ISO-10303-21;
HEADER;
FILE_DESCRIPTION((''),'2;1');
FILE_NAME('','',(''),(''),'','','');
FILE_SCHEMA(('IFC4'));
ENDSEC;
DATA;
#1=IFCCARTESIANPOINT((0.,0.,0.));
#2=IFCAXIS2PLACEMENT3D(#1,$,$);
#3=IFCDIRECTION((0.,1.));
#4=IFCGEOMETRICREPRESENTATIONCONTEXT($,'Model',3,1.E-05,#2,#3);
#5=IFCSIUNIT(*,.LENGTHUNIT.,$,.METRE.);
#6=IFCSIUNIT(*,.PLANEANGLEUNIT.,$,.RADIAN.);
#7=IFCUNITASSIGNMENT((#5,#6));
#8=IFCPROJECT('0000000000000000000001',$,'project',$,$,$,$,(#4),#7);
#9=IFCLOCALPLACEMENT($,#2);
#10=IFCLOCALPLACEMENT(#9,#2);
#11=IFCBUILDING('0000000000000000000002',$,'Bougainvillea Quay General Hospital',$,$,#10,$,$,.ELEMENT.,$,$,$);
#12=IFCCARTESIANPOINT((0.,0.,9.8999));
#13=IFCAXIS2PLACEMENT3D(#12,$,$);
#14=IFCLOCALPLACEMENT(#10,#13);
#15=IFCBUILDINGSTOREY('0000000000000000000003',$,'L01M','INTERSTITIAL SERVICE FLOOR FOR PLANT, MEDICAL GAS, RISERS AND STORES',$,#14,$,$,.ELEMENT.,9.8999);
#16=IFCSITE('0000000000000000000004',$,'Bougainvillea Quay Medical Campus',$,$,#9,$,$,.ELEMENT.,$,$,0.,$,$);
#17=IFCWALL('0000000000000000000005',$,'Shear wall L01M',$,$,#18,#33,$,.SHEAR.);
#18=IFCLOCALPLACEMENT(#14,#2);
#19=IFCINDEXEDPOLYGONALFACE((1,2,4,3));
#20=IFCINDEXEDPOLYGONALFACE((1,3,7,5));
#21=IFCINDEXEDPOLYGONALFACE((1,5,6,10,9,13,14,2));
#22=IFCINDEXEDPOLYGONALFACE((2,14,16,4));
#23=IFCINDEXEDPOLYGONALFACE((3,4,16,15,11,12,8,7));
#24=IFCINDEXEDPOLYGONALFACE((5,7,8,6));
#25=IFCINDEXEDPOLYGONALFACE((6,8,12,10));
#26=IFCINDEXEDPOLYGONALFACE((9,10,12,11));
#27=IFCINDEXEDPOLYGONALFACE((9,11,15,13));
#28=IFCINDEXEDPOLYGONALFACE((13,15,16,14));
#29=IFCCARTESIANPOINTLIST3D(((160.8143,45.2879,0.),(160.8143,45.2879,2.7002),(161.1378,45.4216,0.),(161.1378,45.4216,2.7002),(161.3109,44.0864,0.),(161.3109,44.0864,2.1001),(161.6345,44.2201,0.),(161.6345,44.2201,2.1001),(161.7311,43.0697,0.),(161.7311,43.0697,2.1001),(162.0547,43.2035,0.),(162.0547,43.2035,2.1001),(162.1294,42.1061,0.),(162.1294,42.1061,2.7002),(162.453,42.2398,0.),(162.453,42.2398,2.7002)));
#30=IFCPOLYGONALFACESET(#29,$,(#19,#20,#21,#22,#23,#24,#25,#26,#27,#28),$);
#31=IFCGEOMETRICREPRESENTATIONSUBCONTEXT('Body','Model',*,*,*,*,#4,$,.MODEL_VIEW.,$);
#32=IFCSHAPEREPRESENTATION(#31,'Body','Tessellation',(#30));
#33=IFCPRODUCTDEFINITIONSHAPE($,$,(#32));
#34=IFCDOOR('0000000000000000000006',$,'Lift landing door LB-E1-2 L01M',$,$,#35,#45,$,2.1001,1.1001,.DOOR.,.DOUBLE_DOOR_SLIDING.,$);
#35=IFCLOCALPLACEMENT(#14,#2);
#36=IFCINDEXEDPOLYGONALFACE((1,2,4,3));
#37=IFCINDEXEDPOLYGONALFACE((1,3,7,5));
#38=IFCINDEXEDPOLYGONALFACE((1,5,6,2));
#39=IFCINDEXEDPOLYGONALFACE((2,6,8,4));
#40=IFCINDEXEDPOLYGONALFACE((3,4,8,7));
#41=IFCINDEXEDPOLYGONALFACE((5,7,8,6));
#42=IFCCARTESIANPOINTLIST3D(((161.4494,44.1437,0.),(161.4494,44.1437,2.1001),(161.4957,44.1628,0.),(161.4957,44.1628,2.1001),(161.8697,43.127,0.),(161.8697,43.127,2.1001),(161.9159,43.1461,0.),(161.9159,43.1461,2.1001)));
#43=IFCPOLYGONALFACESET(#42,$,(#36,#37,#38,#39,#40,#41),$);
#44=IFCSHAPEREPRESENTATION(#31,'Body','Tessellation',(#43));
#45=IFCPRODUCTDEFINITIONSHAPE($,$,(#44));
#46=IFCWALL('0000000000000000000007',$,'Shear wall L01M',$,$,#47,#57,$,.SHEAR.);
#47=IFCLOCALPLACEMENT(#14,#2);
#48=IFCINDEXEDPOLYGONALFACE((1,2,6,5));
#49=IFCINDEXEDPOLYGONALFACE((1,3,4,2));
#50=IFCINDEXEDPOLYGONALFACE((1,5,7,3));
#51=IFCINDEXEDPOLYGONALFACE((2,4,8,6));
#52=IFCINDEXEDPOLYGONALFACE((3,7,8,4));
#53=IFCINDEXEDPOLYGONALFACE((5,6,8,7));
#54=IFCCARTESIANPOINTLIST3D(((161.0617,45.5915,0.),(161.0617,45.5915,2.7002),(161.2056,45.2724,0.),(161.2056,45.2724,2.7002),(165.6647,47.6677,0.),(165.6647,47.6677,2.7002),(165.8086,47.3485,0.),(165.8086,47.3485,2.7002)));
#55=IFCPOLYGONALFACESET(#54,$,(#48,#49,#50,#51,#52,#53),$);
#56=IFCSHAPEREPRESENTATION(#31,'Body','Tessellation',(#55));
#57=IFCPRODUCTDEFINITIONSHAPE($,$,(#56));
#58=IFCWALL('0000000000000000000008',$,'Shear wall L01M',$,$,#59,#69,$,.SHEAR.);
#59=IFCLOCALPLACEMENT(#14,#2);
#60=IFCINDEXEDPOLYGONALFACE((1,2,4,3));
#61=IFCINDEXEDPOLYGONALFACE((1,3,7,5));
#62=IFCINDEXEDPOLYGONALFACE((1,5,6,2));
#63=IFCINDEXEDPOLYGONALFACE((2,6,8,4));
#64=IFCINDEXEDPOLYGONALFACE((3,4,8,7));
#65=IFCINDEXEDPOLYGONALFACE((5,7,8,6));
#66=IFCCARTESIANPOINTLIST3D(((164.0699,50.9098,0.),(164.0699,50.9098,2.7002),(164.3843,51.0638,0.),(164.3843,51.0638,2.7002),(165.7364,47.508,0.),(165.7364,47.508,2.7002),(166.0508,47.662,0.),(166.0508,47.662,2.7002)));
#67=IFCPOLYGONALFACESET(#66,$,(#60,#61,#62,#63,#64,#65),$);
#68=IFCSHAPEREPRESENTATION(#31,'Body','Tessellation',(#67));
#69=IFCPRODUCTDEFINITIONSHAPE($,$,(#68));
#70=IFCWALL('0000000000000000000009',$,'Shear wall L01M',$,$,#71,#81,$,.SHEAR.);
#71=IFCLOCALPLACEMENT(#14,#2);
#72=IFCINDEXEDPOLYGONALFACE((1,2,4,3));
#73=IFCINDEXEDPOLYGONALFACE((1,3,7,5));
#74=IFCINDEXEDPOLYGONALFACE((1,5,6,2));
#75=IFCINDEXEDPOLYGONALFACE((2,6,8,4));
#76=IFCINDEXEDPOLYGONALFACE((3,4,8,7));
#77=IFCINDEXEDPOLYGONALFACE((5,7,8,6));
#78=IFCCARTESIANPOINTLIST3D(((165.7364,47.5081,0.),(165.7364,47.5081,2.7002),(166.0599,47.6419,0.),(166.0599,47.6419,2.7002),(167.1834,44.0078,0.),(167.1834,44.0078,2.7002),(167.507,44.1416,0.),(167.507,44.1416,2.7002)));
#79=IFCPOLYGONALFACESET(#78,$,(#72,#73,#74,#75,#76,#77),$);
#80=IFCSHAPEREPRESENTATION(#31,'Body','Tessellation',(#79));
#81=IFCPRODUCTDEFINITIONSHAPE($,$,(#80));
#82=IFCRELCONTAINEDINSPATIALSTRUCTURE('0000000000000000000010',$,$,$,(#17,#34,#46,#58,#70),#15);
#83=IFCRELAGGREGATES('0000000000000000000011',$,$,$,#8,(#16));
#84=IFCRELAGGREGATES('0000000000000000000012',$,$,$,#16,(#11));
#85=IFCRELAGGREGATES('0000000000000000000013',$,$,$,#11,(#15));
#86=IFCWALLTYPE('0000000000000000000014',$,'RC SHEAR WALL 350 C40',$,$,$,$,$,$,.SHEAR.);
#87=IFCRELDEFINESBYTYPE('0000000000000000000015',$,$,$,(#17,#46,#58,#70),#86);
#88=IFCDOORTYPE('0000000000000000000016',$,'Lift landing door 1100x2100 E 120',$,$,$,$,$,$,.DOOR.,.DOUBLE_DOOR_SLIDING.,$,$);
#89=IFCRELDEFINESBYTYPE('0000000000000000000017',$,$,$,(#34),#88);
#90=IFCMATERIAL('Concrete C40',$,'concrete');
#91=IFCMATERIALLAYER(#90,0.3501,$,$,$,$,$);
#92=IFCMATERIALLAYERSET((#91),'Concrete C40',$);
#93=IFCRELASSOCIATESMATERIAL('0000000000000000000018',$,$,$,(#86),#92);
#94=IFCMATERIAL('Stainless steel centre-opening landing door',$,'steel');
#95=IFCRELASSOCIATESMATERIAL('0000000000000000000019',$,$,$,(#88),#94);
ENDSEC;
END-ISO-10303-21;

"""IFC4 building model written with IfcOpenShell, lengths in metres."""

from ifc_helpers import new_model, si_unit, direction, frame, frame_2d, origin, place, context, subcontext, project, spatial, rectangle, extrude, material, layer, layer_set, type_object, element, fill, save


model = new_model("IFC4")

# Units and contexts
model_context = context("Model", 3, precision=1e-05, world=origin(), true_north=direction((0.0, 1.0)))
body_context = subcontext(model_context, "Body", "Model", "MODEL_VIEW")
ifc_project = project(units=[si_unit("LENGTHUNIT", "METRE"), si_unit("PLANEANGLEUNIT", "RADIAN")], contexts=[model_context])

# Site, building, storey
site_placement = place(None, origin())
site = spatial("IfcSite", under=ifc_project, at=site_placement, Name="Bougainvillea Quay Medical Campus", CompositionType="ELEMENT", RefElevation=0.0)
building_placement = place(site_placement, origin())
building = spatial("IfcBuilding", under=site, at=building_placement, Name="Bougainvillea Quay General Hospital", CompositionType="ELEMENT")
storey_placement = place(building_placement, frame((0.0, 0.0, 9.8999)))
storey = spatial("IfcBuildingStorey", under=building, at=storey_placement, Name="L01M", Description="INTERSTITIAL SERVICE FLOOR FOR PLANT, MEDICAL GAS, RISERS AND STORES", CompositionType="ELEMENT", Elevation=9.8999)

# Shared definitions
ifc_material_1 = material(Name="Concrete C40", Category="concrete")
ifc_layer_1 = layer(ifc_material_1, 0.3501)
ifc_layer_set_1 = layer_set([ifc_layer_1], Name="Concrete C40")
wall_type_1 = type_object("IfcWallType", Name="RC SHEAR WALL 350 C40", PredefinedType="SHEAR", material=ifc_layer_set_1)

# Wall, opening, door
ifc_material_2 = material(Name="Stainless steel centre-opening landing door", Category="steel")
wall_1_placement = place(storey_placement, frame((160.9761, 45.3547, 0.0), z_axis=(0.0, 0.0, 1.0), x_axis=(0.381991, -0.924166, 0.0)))
wall_1 = element("IfcWall", 1, at=wall_1_placement, inside=storey, type_object=wall_type_1, Name="Shear wall L01M", PredefinedType="SHEAR", context=body_context, shape_type="SweptSolid", body=[
    extrude(rectangle(XDim=3.4429, YDim=0.3501, at=frame_2d((1.7214, 0.0))), origin(), (0.0, 0.0, 1.0), 2.7002),
])
opening_1_placement = place(wall_1_placement, frame((1.3, 0.0, 0.0)))
opening_1 = element("IfcOpeningElement", 2, at=opening_1_placement, cuts=wall_1, PredefinedType="OPENING", context=body_context, shape_type="SweptSolid", body=[
    extrude(rectangle(XDim=1.1001, YDim=2.1001, at=frame_2d((0.55, 1.05))), frame((0.0, 0.1851, 0.0), z_axis=(0.0, -1.0, 0.0), x_axis=(1.0, 0.0, 0.0)), (0.0, 0.0, 1.0), 0.3701),
])
door_type_1 = type_object("IfcDoorType", Name="Lift landing door 1100x2100 E 120", OperationType="DOUBLE_DOOR_SLIDING", PredefinedType="DOOR", material=ifc_material_2)
door_1_placement = place(opening_1_placement, origin())
door_1 = element("IfcDoor", 3, at=door_1_placement, inside=storey, type_object=door_type_1, Name="Lift landing door LB-E1-2 L01M", OperationType="DOUBLE_DOOR_SLIDING", OverallHeight=2.1001, OverallWidth=1.1001, PredefinedType="DOOR", context=body_context, shape_type="SweptSolid", body=[
    extrude(rectangle(XDim=1.1001, YDim=2.1001, at=frame_2d((0.55, 1.05))), frame((0.0, 0.0249, 0.0), z_axis=(0.0, -1.0, 0.0), x_axis=(1.0, 0.0, 0.0)), (0.0, 0.0, 1.0), 0.05),
])
fill(opening_1, door_1)

# Walls
wall_2_placement = place(storey_placement, frame((161.1335, 45.4319, 0.0), z_axis=(0.0, 0.0, 1.0), x_axis=(0.911565, 0.411157, 0.0)))
element("IfcWall", 4, at=wall_2_placement, inside=storey, type_object=wall_type_1, Name="Shear wall L01M", PredefinedType="SHEAR", context=body_context, shape_type="SweptSolid", body=[
    extrude(rectangle(XDim=5.0496, YDim=0.3501, at=frame_2d((2.5249, 0.0))), origin(), (0.0, 0.0, 1.0), 2.7002),
])
wall_3_placement = place(storey_placement, frame((165.8936, 47.585, 0.0), z_axis=(0.0, 0.0, 1.0), x_axis=(-0.439929, 0.898033, 0.0)))
element("IfcWall", 5, at=wall_3_placement, inside=storey, type_object=wall_type_1, Name="Shear wall L01M", PredefinedType="SHEAR", context=body_context, shape_type="SweptSolid", body=[
    extrude(rectangle(XDim=3.7881, YDim=0.3501, at=frame_2d((1.894, 0.0))), origin(), (0.0, 0.0, 1.0), 2.7002),
])
wall_4_placement = place(storey_placement, frame((167.3452, 44.0747, 0.0), z_axis=(0.0, 0.0, 1.0), x_axis=(-0.382046, 0.924143, 0.0)))
element("IfcWall", 6, at=wall_4_placement, inside=storey, type_object=wall_type_1, Name="Shear wall L01M", PredefinedType="SHEAR", context=body_context, shape_type="SweptSolid", body=[
    extrude(rectangle(XDim=3.7876, YDim=0.3501, at=frame_2d((1.8938, 0.0))), origin(), (0.0, 0.0, 1.0), 2.7002),
])

save(model, "model.ifc")
